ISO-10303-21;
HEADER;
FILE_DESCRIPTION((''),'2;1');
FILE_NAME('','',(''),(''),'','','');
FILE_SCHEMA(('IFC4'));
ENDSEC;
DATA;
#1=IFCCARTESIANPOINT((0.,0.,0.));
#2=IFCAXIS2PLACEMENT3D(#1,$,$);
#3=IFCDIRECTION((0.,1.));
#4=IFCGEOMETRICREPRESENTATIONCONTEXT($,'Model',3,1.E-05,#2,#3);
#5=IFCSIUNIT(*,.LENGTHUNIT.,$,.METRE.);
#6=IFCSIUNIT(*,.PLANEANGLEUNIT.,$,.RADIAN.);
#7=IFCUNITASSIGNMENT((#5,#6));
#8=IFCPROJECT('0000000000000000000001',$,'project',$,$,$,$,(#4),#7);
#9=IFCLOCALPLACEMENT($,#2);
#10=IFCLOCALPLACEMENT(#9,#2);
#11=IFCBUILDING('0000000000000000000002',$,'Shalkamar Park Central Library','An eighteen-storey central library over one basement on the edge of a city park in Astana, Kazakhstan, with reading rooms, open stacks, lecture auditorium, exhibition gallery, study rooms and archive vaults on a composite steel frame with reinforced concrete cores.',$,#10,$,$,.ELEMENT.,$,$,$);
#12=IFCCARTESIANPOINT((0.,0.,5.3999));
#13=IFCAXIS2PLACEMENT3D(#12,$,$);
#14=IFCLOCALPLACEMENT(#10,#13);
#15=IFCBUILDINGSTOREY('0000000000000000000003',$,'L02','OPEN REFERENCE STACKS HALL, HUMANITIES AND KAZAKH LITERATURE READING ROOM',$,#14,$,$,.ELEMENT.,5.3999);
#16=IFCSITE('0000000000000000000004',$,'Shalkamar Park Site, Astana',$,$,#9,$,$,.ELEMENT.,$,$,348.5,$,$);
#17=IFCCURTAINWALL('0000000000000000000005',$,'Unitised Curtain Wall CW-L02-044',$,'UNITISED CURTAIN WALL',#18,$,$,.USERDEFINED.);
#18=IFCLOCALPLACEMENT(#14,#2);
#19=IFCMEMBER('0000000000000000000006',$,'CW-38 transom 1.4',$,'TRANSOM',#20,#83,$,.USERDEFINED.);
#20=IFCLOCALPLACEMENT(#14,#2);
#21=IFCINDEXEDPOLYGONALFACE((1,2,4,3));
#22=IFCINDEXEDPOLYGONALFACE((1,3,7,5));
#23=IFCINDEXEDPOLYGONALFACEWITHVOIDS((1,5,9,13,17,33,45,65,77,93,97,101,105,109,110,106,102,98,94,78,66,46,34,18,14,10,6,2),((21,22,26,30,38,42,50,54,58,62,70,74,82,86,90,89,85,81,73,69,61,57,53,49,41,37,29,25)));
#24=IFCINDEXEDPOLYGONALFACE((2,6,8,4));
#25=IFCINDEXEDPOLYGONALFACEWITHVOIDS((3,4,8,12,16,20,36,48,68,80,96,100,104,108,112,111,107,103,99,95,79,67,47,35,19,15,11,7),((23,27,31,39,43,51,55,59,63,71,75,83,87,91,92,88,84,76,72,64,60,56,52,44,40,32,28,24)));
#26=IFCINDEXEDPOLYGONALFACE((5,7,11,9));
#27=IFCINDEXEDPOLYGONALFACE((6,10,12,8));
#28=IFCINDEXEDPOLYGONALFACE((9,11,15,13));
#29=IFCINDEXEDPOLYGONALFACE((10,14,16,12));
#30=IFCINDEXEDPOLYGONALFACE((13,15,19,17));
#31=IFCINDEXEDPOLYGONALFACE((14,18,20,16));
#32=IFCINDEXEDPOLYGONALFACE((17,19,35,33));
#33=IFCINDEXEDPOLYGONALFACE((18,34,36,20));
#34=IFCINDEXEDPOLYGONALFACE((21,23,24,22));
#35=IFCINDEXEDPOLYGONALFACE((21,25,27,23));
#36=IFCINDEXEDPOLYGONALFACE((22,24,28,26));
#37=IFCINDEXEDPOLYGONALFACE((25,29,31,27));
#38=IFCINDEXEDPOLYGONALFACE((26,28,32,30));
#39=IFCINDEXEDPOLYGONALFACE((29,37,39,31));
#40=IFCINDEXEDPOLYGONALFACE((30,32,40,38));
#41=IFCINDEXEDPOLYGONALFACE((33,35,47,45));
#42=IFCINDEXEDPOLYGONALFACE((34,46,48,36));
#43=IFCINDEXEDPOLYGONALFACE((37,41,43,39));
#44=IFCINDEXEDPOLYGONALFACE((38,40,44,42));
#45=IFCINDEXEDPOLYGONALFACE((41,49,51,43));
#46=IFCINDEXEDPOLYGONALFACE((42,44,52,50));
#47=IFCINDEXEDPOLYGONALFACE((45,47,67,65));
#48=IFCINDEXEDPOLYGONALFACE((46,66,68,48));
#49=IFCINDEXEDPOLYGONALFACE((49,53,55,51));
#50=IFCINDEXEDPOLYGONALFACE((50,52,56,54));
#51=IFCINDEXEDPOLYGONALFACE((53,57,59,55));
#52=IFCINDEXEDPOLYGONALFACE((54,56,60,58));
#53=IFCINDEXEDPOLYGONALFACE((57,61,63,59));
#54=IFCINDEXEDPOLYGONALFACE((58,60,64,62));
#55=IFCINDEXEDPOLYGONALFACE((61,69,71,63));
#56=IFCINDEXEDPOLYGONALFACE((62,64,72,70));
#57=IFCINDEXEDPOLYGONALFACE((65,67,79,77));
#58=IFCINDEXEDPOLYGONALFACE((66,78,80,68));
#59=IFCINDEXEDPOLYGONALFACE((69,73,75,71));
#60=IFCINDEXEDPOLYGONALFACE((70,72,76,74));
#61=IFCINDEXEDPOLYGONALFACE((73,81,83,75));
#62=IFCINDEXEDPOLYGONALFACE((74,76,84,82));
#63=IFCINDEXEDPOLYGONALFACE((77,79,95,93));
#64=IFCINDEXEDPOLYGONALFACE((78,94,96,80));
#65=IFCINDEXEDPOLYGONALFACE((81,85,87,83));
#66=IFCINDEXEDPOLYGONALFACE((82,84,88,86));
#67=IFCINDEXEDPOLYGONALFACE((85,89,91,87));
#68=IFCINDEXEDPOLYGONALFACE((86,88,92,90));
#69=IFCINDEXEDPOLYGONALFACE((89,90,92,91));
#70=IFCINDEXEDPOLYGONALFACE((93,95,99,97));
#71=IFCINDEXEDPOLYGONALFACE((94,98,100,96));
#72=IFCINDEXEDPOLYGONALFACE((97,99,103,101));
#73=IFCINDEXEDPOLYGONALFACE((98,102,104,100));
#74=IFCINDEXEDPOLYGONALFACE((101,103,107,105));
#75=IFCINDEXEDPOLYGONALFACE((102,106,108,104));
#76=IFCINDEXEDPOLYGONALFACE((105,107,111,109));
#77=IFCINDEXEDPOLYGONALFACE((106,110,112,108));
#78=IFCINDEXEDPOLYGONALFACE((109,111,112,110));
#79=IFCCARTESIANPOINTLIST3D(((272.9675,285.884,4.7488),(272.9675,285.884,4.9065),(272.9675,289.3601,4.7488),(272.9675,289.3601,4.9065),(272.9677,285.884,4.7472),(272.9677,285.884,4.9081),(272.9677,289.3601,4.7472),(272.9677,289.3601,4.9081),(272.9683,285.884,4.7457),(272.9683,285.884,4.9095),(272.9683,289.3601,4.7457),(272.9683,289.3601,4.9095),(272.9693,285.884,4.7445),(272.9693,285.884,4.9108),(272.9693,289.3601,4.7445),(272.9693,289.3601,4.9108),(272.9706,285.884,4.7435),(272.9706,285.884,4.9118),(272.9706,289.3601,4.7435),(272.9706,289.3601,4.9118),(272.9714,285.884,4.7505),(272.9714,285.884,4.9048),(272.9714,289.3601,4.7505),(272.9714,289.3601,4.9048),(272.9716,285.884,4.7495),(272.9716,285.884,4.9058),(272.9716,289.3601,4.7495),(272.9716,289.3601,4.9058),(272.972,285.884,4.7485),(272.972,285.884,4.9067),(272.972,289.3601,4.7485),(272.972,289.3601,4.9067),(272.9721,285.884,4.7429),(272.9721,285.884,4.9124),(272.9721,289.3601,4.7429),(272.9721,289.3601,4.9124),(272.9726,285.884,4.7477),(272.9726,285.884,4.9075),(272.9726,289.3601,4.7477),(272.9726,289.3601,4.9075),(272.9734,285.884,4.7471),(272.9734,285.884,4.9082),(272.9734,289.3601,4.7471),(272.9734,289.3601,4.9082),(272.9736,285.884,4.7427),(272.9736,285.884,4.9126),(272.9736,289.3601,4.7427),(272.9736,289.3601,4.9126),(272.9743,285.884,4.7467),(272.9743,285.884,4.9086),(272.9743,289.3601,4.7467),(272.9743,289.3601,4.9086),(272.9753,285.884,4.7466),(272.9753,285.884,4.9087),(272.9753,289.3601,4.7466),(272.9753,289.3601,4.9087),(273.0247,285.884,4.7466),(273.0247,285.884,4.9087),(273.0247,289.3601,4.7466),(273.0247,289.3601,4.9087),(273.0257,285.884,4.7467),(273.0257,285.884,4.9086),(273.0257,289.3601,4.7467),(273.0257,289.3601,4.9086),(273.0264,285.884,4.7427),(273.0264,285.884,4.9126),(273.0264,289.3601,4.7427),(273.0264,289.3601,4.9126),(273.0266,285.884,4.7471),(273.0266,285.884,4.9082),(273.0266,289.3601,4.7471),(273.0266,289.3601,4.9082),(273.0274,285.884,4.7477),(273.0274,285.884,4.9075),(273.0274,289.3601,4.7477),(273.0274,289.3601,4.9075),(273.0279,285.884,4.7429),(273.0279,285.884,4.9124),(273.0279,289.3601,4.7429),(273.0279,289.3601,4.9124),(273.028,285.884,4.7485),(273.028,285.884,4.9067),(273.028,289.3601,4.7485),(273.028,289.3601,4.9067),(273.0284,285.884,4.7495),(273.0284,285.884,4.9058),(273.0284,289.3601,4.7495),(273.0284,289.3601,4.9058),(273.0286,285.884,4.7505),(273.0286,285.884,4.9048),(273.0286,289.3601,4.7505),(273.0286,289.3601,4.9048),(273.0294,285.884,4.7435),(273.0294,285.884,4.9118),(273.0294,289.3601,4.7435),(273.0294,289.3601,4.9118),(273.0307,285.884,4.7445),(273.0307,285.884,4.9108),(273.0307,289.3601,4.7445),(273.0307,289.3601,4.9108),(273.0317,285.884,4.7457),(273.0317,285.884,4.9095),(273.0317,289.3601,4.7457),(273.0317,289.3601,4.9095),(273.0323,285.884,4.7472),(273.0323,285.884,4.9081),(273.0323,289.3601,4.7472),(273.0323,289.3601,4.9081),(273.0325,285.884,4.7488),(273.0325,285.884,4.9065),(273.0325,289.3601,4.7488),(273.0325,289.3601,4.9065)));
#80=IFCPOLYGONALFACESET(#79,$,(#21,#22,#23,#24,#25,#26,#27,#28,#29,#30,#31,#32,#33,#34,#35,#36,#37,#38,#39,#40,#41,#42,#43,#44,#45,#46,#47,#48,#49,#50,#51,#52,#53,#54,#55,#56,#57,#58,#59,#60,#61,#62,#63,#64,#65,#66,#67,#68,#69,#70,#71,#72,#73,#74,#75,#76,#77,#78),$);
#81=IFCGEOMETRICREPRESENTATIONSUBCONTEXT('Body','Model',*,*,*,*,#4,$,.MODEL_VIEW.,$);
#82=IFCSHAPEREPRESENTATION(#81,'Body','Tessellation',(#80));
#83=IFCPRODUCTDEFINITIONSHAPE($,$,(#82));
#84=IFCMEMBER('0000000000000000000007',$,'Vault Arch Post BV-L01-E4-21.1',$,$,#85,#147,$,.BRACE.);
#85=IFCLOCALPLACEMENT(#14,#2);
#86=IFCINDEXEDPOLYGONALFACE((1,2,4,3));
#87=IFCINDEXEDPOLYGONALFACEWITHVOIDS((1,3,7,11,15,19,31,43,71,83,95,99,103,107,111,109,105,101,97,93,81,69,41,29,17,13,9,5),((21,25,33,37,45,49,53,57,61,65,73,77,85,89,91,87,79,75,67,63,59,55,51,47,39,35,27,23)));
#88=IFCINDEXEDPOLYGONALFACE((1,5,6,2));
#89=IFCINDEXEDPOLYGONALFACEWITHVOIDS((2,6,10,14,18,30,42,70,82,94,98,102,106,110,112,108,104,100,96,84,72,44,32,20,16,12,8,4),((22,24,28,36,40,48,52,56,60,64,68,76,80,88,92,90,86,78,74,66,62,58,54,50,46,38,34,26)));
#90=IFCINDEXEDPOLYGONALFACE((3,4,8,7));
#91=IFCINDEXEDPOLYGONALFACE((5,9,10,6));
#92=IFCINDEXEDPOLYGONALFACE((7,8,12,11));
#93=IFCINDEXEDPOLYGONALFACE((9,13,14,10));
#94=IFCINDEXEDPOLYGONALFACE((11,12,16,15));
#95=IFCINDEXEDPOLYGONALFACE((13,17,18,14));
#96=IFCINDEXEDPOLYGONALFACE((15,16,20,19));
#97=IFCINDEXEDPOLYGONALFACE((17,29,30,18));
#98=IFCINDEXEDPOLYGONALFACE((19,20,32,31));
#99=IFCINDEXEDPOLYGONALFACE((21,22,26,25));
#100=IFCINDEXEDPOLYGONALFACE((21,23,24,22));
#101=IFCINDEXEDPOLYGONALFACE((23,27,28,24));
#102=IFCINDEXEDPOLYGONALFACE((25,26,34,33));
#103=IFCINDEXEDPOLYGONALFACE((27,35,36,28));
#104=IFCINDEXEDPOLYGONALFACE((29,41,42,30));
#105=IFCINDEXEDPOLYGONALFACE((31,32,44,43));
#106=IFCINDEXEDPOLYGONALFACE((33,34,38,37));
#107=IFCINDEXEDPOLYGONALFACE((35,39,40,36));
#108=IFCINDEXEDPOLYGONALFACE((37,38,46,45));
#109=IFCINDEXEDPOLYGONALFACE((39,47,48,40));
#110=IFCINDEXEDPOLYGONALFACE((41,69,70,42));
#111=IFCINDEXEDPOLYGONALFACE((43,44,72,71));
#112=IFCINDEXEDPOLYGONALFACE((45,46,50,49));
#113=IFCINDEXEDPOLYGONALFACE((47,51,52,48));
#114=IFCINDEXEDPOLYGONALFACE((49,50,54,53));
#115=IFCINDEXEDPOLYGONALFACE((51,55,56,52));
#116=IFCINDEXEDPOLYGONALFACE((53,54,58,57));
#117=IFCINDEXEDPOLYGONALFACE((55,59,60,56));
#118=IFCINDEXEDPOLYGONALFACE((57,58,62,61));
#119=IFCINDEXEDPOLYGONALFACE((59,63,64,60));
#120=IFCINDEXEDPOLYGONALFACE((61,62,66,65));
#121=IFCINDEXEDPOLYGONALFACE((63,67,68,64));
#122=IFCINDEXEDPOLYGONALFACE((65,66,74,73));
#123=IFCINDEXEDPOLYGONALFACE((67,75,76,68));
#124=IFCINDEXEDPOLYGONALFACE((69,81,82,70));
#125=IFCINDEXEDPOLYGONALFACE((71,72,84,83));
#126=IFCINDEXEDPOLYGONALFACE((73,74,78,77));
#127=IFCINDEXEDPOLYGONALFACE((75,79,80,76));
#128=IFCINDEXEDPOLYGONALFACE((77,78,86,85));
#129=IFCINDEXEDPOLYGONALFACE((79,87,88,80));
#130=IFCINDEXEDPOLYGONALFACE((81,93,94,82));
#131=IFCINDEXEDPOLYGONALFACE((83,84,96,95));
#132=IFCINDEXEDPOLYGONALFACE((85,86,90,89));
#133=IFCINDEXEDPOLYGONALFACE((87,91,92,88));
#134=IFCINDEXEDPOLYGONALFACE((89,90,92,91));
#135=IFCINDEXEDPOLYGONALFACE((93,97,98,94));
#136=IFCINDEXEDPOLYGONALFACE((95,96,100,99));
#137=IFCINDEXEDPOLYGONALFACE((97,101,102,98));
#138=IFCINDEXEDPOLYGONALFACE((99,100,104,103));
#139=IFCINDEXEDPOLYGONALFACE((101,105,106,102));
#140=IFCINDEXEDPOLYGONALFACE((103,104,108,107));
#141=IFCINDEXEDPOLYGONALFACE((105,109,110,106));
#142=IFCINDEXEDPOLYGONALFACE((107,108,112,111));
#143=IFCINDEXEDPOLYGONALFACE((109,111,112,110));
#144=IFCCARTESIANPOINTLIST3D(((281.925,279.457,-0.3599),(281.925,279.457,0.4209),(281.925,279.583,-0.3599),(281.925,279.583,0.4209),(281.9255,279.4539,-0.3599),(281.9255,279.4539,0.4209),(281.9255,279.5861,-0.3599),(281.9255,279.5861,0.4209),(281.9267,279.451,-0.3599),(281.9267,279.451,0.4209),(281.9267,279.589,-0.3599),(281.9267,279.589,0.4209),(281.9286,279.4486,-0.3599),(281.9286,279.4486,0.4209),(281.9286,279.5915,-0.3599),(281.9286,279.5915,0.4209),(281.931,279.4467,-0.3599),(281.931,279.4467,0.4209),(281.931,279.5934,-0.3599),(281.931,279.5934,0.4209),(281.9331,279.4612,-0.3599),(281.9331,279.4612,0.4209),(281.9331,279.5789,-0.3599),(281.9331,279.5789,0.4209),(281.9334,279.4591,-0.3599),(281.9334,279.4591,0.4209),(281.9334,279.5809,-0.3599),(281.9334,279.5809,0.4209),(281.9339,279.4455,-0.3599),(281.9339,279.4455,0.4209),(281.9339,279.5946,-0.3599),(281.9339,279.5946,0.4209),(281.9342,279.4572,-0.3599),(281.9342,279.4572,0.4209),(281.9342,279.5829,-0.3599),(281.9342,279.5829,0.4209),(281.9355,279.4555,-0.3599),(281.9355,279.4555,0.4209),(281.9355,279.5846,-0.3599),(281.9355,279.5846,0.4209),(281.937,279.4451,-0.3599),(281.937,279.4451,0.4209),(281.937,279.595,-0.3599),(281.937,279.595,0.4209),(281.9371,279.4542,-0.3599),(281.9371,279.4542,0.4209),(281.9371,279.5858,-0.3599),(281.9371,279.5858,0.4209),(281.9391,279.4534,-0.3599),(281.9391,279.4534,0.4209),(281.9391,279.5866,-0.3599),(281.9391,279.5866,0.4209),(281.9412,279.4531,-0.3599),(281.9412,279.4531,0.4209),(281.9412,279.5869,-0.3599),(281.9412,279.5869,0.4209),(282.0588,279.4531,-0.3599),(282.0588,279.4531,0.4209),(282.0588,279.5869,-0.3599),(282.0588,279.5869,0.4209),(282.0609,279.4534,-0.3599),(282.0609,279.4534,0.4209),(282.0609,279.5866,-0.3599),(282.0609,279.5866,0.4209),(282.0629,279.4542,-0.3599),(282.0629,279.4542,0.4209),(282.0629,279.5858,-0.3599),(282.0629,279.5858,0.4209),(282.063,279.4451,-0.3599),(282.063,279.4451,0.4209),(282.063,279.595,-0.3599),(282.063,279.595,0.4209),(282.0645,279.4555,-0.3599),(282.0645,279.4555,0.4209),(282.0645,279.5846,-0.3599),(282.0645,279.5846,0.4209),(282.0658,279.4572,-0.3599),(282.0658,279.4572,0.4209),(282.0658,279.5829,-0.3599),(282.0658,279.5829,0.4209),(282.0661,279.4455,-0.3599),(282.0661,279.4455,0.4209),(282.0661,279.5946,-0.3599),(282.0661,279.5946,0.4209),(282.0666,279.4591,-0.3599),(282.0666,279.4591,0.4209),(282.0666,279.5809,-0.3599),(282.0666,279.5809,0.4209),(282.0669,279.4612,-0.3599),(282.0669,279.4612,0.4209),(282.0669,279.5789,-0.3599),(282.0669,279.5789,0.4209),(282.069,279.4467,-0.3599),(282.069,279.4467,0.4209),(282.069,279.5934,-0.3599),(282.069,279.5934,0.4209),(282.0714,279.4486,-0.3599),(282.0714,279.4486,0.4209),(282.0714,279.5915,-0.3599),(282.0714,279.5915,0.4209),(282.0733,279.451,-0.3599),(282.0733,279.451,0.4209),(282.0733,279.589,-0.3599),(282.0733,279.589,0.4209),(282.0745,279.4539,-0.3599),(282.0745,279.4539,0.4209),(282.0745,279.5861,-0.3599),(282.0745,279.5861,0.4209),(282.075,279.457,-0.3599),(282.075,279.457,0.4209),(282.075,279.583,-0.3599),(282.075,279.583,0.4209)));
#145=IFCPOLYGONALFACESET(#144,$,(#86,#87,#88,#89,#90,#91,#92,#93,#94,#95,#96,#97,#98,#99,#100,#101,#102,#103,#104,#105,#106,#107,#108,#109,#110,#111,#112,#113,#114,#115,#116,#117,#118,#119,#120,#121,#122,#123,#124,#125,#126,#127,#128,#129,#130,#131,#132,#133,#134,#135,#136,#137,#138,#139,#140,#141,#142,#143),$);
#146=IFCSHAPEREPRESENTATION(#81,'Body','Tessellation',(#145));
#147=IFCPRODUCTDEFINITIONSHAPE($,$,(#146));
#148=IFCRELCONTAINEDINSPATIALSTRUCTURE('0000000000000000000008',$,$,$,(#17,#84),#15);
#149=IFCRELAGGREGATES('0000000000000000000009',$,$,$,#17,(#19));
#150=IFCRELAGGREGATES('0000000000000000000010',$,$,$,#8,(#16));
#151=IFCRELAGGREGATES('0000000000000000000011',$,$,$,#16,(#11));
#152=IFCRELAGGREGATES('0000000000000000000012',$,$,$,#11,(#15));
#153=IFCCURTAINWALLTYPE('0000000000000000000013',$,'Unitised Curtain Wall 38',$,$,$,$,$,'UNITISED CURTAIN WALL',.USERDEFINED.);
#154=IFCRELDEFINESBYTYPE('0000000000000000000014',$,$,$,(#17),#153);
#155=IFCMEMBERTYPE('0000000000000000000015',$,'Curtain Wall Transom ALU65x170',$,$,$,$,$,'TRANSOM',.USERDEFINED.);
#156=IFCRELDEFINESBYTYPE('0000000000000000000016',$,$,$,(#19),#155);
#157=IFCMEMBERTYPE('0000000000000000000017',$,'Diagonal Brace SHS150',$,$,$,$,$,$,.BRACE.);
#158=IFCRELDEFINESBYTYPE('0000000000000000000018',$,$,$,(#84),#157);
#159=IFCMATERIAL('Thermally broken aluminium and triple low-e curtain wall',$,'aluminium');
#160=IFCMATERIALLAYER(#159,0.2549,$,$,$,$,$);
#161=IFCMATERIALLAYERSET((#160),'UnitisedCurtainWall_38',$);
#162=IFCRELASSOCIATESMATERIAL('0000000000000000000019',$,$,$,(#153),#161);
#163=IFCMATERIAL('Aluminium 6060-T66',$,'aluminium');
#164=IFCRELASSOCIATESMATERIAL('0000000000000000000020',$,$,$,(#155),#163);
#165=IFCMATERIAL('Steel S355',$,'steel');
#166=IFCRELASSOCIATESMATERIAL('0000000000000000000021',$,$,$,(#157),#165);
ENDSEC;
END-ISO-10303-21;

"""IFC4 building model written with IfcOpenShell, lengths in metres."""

from ifc_helpers import new_model, si_unit, direction, frame, origin, origin_2d, place, context, subcontext, project, spatial, hollow_rectangle, extrude, material, layer, layer_set, material_profile, profile_set, type_object, element, aggregate, save


model = new_model("IFC4")

# Units and contexts
model_context = context("Model", 3, precision=1e-05, world=origin(), true_north=direction((0.0, 1.0)))
body_context = subcontext(model_context, "Body", "Model", "MODEL_VIEW")
ifc_project = project(units=[si_unit("LENGTHUNIT", "METRE"), si_unit("PLANEANGLEUNIT", "RADIAN")], contexts=[model_context])

# Site, building, storey
site_placement = place(None, origin())
site = spatial("IfcSite", under=ifc_project, at=site_placement, Name="Shalkamar Park Site, Astana", CompositionType="ELEMENT", RefElevation=348.5)
building_placement = place(site_placement, origin())
building = spatial("IfcBuilding", under=site, at=building_placement, Name="Shalkamar Park Central Library", Description="An eighteen-storey central library over one basement on the edge of a city park in Astana, Kazakhstan, with reading rooms, open stacks, lecture auditorium, exhibition gallery, study rooms and archive vaults on a composite steel frame with reinforced concrete cores.", CompositionType="ELEMENT")
storey_placement = place(building_placement, frame((0.0, 0.0, 5.3999)))
storey = spatial("IfcBuildingStorey", under=building, at=storey_placement, Name="L02", Description="OPEN REFERENCE STACKS HALL, HUMANITIES AND KAZAKH LITERATURE READING ROOM", CompositionType="ELEMENT", Elevation=5.3999)

# Shared definitions
ifc_material_1 = material(Name="Steel S355", Category="steel")

# Shared definitions
ifc_material_2 = material(Name="Thermally broken aluminium and triple low-e curtain wall", Category="aluminium")
ifc_material_3 = material(Name="Aluminium 6060-T66", Category="aluminium")

# Curtain wall, member
ifc_layer_1 = layer(ifc_material_2, 0.2549)
ifc_layer_set_1 = layer_set([ifc_layer_1], Name="UnitisedCurtainWall_38")
curtain_wall_type_1 = type_object("IfcCurtainWallType", Name="Unitised Curtain Wall 38", ElementType="UNITISED CURTAIN WALL", PredefinedType="USERDEFINED", material=ifc_layer_set_1)
curtain_wall_1_placement = place(storey_placement, origin())
curtain_wall_1 = element("IfcCurtainWall", 1, at=curtain_wall_1_placement, inside=storey, type_object=curtain_wall_type_1, Name="Unitised Curtain Wall CW-L02-044", ObjectType="UNITISED CURTAIN WALL", PredefinedType="USERDEFINED")
ifc_material_profile_1 = material_profile(ifc_material_3, hollow_rectangle(XDim=0.0649, YDim=0.1699, WallThickness=0.0039, InnerFilletRadius=0.0039, OuterFilletRadius=0.0061, at=origin_2d()), Name="ALU 65x170x4")
ifc_profile_set_1 = profile_set([ifc_material_profile_1], Name="Aluminium 6060-T66")
member_type_1 = type_object("IfcMemberType", Name="Curtain Wall Transom ALU65x170", ElementType="TRANSOM", PredefinedType="USERDEFINED", material=ifc_profile_set_1)
member_1_placement = place(storey_placement, frame((273.0, 285.884, 4.8276), z_axis=(0.0, 1.0, 0.0), x_axis=(-1.0, 0.0, 0.0)))
member_1 = element("IfcMember", 2, at=member_1_placement, type_object=member_type_1, Name="CW-38 transom 1.4", ObjectType="TRANSOM", PredefinedType="USERDEFINED", context=body_context, shape_type="SweptSolid", body=[
    extrude(hollow_rectangle(XDim=0.0649, YDim=0.1699, WallThickness=0.0039, InnerFilletRadius=0.0039, OuterFilletRadius=0.0061, at=origin_2d()), origin(), (0.0, 0.0, 1.0), 3.4761),
])

# Member
ifc_material_profile_2 = material_profile(ifc_material_1, hollow_rectangle(XDim=0.1499, YDim=0.1499, WallThickness=0.0081, InnerFilletRadius=0.0081, OuterFilletRadius=0.012, at=origin_2d()), Name="SHS 150x150x8")
ifc_profile_set_2 = profile_set([ifc_material_profile_2], Name="Steel S355")
member_type_2 = type_object("IfcMemberType", Name="Diagonal Brace SHS150", PredefinedType="BRACE", material=ifc_profile_set_2)
member_2_placement = place(storey_placement, frame((282.0, 279.52, -0.3599), z_axis=(0.0, 0.0, 1.0), x_axis=(1.0, 0.0, 0.0)))
element("IfcMember", 3, at=member_2_placement, inside=storey, type_object=member_type_2, Name="Vault Arch Post BV-L01-E4-21.1", PredefinedType="BRACE", context=body_context, shape_type="SweptSolid", body=[
    extrude(hollow_rectangle(XDim=0.1499, YDim=0.1499, WallThickness=0.0081, InnerFilletRadius=0.0081, OuterFilletRadius=0.012, at=origin_2d()), origin(), (0.0, 0.0, 1.0), 0.7808),
])

aggregate(curtain_wall_1, [member_1])

save(model, "model.ifc")
